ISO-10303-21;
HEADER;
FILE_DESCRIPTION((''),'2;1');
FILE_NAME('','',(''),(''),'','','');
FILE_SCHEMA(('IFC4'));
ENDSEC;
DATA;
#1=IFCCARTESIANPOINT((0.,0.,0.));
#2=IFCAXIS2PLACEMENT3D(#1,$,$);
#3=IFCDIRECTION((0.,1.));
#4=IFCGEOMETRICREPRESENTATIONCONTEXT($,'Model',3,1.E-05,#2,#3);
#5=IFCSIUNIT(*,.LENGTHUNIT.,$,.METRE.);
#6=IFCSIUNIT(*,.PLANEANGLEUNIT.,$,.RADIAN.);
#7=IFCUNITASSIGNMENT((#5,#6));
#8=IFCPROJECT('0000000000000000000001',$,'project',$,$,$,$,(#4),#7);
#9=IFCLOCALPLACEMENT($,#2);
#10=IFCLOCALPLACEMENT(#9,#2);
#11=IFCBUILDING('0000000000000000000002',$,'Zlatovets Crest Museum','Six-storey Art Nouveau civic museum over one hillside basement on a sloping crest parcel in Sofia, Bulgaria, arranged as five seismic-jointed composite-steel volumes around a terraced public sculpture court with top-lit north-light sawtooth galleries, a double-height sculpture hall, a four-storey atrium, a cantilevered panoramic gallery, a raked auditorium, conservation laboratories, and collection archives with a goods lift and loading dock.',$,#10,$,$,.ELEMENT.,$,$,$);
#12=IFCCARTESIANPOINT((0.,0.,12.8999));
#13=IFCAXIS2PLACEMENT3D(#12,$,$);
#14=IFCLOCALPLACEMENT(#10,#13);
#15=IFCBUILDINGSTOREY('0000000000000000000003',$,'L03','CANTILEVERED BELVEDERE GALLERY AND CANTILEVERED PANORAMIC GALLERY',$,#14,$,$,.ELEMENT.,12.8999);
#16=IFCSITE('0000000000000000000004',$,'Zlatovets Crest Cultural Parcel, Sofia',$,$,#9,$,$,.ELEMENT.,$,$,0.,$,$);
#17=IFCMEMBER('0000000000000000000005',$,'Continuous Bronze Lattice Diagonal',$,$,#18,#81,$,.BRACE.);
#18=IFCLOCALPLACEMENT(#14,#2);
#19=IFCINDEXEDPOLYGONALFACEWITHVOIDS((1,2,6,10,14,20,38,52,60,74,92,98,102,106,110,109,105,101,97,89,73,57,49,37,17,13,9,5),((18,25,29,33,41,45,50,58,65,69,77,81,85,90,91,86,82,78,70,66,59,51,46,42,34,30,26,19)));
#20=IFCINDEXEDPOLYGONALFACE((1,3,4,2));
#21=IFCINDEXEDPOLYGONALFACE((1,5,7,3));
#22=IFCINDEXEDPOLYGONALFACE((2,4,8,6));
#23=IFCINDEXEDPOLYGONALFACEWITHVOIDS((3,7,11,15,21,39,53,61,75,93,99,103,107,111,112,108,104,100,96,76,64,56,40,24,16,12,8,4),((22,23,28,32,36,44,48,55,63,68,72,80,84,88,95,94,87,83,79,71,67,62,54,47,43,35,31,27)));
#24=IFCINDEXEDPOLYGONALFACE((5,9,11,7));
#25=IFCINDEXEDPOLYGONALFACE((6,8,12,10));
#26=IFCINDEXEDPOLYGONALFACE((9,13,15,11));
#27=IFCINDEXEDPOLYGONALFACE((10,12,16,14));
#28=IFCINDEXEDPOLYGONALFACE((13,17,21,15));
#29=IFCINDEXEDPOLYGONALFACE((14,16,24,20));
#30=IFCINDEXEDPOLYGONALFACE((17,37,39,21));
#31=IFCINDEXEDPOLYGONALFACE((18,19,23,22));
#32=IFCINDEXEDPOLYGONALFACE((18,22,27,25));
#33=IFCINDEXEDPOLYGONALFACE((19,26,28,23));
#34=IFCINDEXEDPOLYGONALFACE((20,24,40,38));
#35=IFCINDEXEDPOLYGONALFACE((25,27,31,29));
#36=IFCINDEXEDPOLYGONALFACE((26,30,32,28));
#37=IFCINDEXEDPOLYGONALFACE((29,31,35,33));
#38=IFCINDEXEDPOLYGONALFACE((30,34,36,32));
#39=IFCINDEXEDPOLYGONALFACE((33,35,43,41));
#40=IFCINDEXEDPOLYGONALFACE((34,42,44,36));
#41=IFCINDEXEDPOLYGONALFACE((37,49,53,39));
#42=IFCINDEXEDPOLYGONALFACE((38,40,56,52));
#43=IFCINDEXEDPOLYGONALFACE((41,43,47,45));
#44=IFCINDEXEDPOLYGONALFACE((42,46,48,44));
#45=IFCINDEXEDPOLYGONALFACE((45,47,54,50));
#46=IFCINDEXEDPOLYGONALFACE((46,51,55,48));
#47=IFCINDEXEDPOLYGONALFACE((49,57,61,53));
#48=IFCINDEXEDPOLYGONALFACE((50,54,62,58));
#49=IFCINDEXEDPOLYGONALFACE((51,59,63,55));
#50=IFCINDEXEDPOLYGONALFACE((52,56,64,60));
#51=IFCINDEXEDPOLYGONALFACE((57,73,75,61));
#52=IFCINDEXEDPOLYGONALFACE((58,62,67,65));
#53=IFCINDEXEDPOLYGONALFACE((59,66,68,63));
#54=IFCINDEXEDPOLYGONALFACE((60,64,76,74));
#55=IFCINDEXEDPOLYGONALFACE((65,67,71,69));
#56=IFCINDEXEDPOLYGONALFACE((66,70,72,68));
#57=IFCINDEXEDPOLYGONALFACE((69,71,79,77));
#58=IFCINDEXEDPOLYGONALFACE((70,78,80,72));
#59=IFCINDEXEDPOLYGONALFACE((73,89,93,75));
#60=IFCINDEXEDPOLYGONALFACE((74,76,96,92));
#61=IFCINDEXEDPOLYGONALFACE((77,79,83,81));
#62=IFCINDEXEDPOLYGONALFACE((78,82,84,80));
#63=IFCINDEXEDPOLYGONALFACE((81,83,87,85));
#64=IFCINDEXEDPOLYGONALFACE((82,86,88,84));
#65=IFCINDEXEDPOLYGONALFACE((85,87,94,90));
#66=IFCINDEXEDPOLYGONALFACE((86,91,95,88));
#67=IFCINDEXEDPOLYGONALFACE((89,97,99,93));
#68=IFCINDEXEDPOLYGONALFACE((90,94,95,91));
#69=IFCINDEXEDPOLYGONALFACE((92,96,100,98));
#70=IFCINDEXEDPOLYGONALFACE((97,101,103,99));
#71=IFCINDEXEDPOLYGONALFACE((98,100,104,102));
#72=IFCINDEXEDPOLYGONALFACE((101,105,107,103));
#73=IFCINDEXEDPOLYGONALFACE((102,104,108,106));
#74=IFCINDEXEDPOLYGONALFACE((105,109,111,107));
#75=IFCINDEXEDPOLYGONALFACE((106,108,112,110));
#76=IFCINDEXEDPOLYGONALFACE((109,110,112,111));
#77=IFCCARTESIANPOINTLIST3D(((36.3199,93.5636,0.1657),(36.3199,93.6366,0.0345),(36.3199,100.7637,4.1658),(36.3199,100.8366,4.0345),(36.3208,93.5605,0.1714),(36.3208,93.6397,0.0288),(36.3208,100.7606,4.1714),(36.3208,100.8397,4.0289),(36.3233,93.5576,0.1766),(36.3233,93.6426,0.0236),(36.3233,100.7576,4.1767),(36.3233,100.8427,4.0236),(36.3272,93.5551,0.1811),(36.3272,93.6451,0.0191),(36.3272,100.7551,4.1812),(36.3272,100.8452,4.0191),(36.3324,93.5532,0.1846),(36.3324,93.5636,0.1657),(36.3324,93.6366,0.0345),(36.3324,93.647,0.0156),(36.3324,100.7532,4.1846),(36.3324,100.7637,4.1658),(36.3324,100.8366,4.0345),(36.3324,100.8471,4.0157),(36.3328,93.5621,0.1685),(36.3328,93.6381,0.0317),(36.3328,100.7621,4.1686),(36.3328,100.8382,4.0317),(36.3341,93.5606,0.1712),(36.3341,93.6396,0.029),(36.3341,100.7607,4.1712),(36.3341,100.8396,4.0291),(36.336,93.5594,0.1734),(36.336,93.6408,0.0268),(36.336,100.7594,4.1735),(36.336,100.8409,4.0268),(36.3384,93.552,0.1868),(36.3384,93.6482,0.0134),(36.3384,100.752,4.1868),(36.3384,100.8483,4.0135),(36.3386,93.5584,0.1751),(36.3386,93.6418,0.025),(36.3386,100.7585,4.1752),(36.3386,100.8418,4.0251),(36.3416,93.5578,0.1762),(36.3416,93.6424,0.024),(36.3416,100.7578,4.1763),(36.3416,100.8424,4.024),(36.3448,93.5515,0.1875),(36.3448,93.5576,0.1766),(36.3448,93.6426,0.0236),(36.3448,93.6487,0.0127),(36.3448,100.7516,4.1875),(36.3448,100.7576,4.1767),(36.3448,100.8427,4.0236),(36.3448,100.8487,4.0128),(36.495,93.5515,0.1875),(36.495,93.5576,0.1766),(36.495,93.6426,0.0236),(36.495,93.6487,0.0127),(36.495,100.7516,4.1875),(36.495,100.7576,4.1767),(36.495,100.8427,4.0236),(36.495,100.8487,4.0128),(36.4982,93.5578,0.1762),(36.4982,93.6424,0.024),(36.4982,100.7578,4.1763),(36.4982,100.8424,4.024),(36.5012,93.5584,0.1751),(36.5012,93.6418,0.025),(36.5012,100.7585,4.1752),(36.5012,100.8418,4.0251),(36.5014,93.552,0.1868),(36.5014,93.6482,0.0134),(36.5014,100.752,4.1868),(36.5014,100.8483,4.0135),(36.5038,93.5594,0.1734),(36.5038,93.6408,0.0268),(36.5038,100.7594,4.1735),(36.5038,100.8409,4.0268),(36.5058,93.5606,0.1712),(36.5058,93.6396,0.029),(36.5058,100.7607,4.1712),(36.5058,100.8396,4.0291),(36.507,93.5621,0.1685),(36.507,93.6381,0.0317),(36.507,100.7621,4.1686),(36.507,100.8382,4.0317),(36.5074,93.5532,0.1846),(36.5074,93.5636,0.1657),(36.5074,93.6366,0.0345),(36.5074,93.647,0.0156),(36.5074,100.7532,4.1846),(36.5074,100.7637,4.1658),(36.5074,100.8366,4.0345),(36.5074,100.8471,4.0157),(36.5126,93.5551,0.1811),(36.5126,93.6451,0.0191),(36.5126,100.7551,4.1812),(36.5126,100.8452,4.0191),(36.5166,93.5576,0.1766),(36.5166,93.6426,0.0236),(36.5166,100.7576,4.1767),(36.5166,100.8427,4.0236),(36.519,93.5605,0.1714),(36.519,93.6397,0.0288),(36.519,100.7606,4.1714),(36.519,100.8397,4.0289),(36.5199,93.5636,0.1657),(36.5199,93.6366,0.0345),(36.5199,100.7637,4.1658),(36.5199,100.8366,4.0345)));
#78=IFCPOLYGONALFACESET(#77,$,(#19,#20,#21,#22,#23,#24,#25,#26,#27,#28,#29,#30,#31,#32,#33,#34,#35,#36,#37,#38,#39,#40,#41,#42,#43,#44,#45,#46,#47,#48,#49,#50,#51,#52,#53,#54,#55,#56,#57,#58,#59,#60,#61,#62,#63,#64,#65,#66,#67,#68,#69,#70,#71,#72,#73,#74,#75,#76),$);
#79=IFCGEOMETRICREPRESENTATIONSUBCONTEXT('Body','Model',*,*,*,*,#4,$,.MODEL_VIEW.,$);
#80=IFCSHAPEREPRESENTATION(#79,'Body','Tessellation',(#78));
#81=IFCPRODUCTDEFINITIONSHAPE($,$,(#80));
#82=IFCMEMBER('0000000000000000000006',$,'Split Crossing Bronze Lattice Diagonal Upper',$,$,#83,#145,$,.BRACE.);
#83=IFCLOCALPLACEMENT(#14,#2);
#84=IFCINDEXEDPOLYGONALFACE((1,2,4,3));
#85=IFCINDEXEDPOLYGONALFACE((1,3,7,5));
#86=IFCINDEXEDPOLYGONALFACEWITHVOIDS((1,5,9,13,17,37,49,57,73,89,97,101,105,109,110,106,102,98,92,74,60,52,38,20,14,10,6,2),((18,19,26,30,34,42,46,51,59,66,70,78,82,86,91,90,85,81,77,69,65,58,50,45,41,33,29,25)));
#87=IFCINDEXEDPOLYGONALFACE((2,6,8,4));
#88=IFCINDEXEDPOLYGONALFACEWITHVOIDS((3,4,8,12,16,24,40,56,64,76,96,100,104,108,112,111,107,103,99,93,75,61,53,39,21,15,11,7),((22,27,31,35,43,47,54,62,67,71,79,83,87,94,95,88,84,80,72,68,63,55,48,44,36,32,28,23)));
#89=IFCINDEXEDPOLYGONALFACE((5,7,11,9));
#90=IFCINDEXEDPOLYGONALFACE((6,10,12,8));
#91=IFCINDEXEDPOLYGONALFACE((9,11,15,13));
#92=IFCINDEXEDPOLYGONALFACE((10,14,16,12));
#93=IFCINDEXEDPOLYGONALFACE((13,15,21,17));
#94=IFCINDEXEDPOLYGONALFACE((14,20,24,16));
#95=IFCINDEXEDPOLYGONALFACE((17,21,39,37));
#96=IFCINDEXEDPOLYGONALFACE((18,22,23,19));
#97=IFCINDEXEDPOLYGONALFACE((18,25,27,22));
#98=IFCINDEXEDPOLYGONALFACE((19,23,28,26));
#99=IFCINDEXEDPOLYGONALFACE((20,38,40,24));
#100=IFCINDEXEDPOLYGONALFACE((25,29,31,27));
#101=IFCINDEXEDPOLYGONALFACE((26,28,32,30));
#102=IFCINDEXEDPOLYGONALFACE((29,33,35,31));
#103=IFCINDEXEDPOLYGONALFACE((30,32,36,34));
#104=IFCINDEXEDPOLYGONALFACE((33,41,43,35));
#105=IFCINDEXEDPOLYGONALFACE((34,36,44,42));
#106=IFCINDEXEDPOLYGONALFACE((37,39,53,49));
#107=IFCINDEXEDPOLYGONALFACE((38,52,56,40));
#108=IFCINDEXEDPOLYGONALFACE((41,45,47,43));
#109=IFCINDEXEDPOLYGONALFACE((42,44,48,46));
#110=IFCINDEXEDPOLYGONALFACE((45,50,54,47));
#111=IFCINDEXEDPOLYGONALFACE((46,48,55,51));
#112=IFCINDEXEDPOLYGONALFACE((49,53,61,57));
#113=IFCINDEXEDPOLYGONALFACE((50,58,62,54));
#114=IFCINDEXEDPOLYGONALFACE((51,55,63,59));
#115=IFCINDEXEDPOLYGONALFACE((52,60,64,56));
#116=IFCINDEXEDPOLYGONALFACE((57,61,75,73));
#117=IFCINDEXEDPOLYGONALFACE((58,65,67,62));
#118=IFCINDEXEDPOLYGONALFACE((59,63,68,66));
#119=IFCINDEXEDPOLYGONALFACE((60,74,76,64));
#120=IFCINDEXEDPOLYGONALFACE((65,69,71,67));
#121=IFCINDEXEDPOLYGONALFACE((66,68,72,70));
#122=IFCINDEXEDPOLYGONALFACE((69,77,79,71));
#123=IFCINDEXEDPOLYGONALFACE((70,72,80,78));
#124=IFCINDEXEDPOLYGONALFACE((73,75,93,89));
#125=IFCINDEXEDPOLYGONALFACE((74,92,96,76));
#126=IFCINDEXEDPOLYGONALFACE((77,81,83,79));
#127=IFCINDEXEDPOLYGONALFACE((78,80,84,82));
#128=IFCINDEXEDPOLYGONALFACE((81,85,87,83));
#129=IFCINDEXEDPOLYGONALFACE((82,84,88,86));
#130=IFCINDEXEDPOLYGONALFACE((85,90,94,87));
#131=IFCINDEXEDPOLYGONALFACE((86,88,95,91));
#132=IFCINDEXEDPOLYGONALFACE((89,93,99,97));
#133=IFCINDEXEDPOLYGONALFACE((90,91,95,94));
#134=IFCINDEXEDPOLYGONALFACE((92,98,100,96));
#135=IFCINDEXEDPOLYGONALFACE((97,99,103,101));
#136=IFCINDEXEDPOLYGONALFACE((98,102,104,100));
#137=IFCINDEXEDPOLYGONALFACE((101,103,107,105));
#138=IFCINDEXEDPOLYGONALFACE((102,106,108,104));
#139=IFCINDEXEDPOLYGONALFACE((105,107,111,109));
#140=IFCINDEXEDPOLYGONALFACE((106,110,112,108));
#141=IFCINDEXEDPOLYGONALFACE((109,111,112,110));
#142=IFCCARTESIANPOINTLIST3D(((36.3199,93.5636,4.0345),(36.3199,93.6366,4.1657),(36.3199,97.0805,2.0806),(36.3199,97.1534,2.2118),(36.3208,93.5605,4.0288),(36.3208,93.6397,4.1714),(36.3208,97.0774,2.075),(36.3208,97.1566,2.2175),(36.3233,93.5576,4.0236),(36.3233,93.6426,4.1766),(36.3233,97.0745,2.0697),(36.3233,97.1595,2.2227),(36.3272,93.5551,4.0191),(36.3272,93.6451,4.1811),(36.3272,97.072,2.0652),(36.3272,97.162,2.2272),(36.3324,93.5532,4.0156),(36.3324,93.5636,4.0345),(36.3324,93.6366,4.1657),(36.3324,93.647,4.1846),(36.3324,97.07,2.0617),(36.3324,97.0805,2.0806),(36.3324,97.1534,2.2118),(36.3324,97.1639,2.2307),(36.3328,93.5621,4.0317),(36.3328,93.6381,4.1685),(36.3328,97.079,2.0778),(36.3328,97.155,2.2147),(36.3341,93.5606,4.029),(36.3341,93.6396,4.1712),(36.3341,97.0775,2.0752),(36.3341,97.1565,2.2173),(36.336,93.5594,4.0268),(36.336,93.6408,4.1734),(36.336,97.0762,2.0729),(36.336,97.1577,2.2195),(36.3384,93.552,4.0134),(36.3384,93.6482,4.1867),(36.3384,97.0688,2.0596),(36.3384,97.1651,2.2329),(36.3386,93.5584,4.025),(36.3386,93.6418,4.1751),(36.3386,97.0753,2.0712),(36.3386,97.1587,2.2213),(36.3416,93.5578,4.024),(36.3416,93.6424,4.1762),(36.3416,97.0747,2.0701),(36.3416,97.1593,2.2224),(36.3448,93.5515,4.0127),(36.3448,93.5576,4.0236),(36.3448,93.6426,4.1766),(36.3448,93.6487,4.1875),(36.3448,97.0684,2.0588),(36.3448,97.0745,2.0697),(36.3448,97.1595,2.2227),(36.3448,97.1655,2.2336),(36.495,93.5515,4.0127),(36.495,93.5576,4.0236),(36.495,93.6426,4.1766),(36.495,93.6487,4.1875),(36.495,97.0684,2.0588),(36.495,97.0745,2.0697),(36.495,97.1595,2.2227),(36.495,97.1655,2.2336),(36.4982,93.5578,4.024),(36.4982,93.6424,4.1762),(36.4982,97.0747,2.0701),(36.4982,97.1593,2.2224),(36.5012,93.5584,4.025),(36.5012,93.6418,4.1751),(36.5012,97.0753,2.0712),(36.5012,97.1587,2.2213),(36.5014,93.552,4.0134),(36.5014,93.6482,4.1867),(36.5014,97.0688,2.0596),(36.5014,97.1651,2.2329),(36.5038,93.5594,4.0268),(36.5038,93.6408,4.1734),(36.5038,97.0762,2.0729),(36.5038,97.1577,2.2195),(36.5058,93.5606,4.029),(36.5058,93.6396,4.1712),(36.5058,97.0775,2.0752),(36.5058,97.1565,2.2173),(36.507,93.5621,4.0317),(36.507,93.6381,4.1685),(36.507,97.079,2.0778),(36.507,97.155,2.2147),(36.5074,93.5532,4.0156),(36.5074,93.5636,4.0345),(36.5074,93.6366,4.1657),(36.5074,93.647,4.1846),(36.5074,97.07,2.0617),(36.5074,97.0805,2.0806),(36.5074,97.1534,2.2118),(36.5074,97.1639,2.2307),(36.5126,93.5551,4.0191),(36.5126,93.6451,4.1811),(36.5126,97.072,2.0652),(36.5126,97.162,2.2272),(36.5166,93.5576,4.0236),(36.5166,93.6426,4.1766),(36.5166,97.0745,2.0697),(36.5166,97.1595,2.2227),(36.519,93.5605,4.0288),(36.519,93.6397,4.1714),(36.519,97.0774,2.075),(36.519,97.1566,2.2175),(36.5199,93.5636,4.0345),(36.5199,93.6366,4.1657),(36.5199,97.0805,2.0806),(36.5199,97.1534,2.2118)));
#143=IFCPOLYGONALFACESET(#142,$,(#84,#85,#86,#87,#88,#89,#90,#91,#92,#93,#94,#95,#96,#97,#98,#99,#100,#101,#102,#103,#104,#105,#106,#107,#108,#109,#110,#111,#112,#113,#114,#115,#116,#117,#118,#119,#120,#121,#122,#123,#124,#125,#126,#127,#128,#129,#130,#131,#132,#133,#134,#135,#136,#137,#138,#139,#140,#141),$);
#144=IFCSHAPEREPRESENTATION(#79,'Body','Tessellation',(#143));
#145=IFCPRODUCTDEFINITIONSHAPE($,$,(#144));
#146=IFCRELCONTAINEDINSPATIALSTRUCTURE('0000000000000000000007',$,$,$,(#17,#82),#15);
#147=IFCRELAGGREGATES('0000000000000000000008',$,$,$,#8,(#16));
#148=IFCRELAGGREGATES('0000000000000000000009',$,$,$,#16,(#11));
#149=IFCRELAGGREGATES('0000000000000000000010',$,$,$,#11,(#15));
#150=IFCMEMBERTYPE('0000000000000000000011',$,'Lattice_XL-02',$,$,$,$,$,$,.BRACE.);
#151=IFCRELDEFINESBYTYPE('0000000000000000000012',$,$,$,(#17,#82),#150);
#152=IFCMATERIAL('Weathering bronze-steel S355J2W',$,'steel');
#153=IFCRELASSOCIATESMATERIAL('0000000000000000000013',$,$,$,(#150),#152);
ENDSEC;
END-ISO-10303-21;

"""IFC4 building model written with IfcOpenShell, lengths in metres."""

from ifc_helpers import new_model, si_unit, direction, frame, origin, origin_2d, place, context, subcontext, project, spatial, hollow_rectangle, extrude, material, material_profile, profile_set, type_object, element, save


model = new_model("IFC4")

# Units and contexts
model_context = context("Model", 3, precision=1e-05, world=origin(), true_north=direction((0.0, 1.0)))
body_context = subcontext(model_context, "Body", "Model", "MODEL_VIEW")
ifc_project = project(units=[si_unit("LENGTHUNIT", "METRE"), si_unit("PLANEANGLEUNIT", "RADIAN")], contexts=[model_context])

# Site, building, storey
site_placement = place(None, origin())
site = spatial("IfcSite", under=ifc_project, at=site_placement, Name="Zlatovets Crest Cultural Parcel, Sofia", CompositionType="ELEMENT", RefElevation=0.0)
building_placement = place(site_placement, origin())
building = spatial("IfcBuilding", under=site, at=building_placement, Name="Zlatovets Crest Museum", Description="Six-storey Art Nouveau civic museum over one hillside basement on a sloping crest parcel in Sofia, Bulgaria, arranged as five seismic-jointed composite-steel volumes around a terraced public sculpture court with top-lit north-light sawtooth galleries, a double-height sculpture hall, a four-storey atrium, a cantilevered panoramic gallery, a raked auditorium, conservation laboratories, and collection archives with a goods lift and loading dock.", CompositionType="ELEMENT")
storey_placement = place(building_placement, frame((0.0, 0.0, 12.8999)))
storey = spatial("IfcBuildingStorey", under=building, at=storey_placement, Name="L03", Description="CANTILEVERED BELVEDERE GALLERY AND CANTILEVERED PANORAMIC GALLERY", CompositionType="ELEMENT", Elevation=12.8999)

# Members
ifc_material_1 = material(Name="Weathering bronze-steel S355J2W", Category="steel")
ifc_material_profile_1 = material_profile(ifc_material_1, hollow_rectangle(XDim=0.2, YDim=0.2, WallThickness=0.0125, InnerFilletRadius=0.0125, OuterFilletRadius=0.0249, at=origin_2d()), Name="SHS 200x200x12.5")
ifc_profile_set_1 = profile_set([ifc_material_profile_1], Name="Weathering bronze-steel S355J2W")
member_type_1 = type_object("IfcMemberType", Name="Lattice_XL-02", PredefinedType="BRACE", material=ifc_profile_set_1)
member_1_placement = place(storey_placement, frame((36.4199, 93.6001, 0.1001), z_axis=(0.0, 0.874156, 0.485645), x_axis=(-1.0, 0.0, 0.0)))
element("IfcMember", 1, at=member_1_placement, inside=storey, type_object=member_type_1, Name="Continuous Bronze Lattice Diagonal", PredefinedType="BRACE", context=body_context, shape_type="SweptSolid", body=[
    extrude(hollow_rectangle(XDim=0.2, YDim=0.2, WallThickness=0.0125, InnerFilletRadius=0.0125, OuterFilletRadius=0.0249, at=origin_2d()), origin(), (0.0, 0.0, 1.0), 8.2366),
])
member_2_placement = place(storey_placement, frame((36.4199, 93.6001, 4.1001), z_axis=(0.0, 0.874152, -0.485653), x_axis=(-1.0, 0.0, 0.0)))
element("IfcMember", 2, at=member_2_placement, inside=storey, type_object=member_type_1, Name="Split Crossing Bronze Lattice Diagonal Upper", PredefinedType="BRACE", context=body_context, shape_type="SweptSolid", body=[
    extrude(hollow_rectangle(XDim=0.2, YDim=0.2, WallThickness=0.0125, InnerFilletRadius=0.0125, OuterFilletRadius=0.0249, at=origin_2d()), origin(), (0.0, 0.0, 1.0), 4.0232),
])

save(model, "model.ifc")
